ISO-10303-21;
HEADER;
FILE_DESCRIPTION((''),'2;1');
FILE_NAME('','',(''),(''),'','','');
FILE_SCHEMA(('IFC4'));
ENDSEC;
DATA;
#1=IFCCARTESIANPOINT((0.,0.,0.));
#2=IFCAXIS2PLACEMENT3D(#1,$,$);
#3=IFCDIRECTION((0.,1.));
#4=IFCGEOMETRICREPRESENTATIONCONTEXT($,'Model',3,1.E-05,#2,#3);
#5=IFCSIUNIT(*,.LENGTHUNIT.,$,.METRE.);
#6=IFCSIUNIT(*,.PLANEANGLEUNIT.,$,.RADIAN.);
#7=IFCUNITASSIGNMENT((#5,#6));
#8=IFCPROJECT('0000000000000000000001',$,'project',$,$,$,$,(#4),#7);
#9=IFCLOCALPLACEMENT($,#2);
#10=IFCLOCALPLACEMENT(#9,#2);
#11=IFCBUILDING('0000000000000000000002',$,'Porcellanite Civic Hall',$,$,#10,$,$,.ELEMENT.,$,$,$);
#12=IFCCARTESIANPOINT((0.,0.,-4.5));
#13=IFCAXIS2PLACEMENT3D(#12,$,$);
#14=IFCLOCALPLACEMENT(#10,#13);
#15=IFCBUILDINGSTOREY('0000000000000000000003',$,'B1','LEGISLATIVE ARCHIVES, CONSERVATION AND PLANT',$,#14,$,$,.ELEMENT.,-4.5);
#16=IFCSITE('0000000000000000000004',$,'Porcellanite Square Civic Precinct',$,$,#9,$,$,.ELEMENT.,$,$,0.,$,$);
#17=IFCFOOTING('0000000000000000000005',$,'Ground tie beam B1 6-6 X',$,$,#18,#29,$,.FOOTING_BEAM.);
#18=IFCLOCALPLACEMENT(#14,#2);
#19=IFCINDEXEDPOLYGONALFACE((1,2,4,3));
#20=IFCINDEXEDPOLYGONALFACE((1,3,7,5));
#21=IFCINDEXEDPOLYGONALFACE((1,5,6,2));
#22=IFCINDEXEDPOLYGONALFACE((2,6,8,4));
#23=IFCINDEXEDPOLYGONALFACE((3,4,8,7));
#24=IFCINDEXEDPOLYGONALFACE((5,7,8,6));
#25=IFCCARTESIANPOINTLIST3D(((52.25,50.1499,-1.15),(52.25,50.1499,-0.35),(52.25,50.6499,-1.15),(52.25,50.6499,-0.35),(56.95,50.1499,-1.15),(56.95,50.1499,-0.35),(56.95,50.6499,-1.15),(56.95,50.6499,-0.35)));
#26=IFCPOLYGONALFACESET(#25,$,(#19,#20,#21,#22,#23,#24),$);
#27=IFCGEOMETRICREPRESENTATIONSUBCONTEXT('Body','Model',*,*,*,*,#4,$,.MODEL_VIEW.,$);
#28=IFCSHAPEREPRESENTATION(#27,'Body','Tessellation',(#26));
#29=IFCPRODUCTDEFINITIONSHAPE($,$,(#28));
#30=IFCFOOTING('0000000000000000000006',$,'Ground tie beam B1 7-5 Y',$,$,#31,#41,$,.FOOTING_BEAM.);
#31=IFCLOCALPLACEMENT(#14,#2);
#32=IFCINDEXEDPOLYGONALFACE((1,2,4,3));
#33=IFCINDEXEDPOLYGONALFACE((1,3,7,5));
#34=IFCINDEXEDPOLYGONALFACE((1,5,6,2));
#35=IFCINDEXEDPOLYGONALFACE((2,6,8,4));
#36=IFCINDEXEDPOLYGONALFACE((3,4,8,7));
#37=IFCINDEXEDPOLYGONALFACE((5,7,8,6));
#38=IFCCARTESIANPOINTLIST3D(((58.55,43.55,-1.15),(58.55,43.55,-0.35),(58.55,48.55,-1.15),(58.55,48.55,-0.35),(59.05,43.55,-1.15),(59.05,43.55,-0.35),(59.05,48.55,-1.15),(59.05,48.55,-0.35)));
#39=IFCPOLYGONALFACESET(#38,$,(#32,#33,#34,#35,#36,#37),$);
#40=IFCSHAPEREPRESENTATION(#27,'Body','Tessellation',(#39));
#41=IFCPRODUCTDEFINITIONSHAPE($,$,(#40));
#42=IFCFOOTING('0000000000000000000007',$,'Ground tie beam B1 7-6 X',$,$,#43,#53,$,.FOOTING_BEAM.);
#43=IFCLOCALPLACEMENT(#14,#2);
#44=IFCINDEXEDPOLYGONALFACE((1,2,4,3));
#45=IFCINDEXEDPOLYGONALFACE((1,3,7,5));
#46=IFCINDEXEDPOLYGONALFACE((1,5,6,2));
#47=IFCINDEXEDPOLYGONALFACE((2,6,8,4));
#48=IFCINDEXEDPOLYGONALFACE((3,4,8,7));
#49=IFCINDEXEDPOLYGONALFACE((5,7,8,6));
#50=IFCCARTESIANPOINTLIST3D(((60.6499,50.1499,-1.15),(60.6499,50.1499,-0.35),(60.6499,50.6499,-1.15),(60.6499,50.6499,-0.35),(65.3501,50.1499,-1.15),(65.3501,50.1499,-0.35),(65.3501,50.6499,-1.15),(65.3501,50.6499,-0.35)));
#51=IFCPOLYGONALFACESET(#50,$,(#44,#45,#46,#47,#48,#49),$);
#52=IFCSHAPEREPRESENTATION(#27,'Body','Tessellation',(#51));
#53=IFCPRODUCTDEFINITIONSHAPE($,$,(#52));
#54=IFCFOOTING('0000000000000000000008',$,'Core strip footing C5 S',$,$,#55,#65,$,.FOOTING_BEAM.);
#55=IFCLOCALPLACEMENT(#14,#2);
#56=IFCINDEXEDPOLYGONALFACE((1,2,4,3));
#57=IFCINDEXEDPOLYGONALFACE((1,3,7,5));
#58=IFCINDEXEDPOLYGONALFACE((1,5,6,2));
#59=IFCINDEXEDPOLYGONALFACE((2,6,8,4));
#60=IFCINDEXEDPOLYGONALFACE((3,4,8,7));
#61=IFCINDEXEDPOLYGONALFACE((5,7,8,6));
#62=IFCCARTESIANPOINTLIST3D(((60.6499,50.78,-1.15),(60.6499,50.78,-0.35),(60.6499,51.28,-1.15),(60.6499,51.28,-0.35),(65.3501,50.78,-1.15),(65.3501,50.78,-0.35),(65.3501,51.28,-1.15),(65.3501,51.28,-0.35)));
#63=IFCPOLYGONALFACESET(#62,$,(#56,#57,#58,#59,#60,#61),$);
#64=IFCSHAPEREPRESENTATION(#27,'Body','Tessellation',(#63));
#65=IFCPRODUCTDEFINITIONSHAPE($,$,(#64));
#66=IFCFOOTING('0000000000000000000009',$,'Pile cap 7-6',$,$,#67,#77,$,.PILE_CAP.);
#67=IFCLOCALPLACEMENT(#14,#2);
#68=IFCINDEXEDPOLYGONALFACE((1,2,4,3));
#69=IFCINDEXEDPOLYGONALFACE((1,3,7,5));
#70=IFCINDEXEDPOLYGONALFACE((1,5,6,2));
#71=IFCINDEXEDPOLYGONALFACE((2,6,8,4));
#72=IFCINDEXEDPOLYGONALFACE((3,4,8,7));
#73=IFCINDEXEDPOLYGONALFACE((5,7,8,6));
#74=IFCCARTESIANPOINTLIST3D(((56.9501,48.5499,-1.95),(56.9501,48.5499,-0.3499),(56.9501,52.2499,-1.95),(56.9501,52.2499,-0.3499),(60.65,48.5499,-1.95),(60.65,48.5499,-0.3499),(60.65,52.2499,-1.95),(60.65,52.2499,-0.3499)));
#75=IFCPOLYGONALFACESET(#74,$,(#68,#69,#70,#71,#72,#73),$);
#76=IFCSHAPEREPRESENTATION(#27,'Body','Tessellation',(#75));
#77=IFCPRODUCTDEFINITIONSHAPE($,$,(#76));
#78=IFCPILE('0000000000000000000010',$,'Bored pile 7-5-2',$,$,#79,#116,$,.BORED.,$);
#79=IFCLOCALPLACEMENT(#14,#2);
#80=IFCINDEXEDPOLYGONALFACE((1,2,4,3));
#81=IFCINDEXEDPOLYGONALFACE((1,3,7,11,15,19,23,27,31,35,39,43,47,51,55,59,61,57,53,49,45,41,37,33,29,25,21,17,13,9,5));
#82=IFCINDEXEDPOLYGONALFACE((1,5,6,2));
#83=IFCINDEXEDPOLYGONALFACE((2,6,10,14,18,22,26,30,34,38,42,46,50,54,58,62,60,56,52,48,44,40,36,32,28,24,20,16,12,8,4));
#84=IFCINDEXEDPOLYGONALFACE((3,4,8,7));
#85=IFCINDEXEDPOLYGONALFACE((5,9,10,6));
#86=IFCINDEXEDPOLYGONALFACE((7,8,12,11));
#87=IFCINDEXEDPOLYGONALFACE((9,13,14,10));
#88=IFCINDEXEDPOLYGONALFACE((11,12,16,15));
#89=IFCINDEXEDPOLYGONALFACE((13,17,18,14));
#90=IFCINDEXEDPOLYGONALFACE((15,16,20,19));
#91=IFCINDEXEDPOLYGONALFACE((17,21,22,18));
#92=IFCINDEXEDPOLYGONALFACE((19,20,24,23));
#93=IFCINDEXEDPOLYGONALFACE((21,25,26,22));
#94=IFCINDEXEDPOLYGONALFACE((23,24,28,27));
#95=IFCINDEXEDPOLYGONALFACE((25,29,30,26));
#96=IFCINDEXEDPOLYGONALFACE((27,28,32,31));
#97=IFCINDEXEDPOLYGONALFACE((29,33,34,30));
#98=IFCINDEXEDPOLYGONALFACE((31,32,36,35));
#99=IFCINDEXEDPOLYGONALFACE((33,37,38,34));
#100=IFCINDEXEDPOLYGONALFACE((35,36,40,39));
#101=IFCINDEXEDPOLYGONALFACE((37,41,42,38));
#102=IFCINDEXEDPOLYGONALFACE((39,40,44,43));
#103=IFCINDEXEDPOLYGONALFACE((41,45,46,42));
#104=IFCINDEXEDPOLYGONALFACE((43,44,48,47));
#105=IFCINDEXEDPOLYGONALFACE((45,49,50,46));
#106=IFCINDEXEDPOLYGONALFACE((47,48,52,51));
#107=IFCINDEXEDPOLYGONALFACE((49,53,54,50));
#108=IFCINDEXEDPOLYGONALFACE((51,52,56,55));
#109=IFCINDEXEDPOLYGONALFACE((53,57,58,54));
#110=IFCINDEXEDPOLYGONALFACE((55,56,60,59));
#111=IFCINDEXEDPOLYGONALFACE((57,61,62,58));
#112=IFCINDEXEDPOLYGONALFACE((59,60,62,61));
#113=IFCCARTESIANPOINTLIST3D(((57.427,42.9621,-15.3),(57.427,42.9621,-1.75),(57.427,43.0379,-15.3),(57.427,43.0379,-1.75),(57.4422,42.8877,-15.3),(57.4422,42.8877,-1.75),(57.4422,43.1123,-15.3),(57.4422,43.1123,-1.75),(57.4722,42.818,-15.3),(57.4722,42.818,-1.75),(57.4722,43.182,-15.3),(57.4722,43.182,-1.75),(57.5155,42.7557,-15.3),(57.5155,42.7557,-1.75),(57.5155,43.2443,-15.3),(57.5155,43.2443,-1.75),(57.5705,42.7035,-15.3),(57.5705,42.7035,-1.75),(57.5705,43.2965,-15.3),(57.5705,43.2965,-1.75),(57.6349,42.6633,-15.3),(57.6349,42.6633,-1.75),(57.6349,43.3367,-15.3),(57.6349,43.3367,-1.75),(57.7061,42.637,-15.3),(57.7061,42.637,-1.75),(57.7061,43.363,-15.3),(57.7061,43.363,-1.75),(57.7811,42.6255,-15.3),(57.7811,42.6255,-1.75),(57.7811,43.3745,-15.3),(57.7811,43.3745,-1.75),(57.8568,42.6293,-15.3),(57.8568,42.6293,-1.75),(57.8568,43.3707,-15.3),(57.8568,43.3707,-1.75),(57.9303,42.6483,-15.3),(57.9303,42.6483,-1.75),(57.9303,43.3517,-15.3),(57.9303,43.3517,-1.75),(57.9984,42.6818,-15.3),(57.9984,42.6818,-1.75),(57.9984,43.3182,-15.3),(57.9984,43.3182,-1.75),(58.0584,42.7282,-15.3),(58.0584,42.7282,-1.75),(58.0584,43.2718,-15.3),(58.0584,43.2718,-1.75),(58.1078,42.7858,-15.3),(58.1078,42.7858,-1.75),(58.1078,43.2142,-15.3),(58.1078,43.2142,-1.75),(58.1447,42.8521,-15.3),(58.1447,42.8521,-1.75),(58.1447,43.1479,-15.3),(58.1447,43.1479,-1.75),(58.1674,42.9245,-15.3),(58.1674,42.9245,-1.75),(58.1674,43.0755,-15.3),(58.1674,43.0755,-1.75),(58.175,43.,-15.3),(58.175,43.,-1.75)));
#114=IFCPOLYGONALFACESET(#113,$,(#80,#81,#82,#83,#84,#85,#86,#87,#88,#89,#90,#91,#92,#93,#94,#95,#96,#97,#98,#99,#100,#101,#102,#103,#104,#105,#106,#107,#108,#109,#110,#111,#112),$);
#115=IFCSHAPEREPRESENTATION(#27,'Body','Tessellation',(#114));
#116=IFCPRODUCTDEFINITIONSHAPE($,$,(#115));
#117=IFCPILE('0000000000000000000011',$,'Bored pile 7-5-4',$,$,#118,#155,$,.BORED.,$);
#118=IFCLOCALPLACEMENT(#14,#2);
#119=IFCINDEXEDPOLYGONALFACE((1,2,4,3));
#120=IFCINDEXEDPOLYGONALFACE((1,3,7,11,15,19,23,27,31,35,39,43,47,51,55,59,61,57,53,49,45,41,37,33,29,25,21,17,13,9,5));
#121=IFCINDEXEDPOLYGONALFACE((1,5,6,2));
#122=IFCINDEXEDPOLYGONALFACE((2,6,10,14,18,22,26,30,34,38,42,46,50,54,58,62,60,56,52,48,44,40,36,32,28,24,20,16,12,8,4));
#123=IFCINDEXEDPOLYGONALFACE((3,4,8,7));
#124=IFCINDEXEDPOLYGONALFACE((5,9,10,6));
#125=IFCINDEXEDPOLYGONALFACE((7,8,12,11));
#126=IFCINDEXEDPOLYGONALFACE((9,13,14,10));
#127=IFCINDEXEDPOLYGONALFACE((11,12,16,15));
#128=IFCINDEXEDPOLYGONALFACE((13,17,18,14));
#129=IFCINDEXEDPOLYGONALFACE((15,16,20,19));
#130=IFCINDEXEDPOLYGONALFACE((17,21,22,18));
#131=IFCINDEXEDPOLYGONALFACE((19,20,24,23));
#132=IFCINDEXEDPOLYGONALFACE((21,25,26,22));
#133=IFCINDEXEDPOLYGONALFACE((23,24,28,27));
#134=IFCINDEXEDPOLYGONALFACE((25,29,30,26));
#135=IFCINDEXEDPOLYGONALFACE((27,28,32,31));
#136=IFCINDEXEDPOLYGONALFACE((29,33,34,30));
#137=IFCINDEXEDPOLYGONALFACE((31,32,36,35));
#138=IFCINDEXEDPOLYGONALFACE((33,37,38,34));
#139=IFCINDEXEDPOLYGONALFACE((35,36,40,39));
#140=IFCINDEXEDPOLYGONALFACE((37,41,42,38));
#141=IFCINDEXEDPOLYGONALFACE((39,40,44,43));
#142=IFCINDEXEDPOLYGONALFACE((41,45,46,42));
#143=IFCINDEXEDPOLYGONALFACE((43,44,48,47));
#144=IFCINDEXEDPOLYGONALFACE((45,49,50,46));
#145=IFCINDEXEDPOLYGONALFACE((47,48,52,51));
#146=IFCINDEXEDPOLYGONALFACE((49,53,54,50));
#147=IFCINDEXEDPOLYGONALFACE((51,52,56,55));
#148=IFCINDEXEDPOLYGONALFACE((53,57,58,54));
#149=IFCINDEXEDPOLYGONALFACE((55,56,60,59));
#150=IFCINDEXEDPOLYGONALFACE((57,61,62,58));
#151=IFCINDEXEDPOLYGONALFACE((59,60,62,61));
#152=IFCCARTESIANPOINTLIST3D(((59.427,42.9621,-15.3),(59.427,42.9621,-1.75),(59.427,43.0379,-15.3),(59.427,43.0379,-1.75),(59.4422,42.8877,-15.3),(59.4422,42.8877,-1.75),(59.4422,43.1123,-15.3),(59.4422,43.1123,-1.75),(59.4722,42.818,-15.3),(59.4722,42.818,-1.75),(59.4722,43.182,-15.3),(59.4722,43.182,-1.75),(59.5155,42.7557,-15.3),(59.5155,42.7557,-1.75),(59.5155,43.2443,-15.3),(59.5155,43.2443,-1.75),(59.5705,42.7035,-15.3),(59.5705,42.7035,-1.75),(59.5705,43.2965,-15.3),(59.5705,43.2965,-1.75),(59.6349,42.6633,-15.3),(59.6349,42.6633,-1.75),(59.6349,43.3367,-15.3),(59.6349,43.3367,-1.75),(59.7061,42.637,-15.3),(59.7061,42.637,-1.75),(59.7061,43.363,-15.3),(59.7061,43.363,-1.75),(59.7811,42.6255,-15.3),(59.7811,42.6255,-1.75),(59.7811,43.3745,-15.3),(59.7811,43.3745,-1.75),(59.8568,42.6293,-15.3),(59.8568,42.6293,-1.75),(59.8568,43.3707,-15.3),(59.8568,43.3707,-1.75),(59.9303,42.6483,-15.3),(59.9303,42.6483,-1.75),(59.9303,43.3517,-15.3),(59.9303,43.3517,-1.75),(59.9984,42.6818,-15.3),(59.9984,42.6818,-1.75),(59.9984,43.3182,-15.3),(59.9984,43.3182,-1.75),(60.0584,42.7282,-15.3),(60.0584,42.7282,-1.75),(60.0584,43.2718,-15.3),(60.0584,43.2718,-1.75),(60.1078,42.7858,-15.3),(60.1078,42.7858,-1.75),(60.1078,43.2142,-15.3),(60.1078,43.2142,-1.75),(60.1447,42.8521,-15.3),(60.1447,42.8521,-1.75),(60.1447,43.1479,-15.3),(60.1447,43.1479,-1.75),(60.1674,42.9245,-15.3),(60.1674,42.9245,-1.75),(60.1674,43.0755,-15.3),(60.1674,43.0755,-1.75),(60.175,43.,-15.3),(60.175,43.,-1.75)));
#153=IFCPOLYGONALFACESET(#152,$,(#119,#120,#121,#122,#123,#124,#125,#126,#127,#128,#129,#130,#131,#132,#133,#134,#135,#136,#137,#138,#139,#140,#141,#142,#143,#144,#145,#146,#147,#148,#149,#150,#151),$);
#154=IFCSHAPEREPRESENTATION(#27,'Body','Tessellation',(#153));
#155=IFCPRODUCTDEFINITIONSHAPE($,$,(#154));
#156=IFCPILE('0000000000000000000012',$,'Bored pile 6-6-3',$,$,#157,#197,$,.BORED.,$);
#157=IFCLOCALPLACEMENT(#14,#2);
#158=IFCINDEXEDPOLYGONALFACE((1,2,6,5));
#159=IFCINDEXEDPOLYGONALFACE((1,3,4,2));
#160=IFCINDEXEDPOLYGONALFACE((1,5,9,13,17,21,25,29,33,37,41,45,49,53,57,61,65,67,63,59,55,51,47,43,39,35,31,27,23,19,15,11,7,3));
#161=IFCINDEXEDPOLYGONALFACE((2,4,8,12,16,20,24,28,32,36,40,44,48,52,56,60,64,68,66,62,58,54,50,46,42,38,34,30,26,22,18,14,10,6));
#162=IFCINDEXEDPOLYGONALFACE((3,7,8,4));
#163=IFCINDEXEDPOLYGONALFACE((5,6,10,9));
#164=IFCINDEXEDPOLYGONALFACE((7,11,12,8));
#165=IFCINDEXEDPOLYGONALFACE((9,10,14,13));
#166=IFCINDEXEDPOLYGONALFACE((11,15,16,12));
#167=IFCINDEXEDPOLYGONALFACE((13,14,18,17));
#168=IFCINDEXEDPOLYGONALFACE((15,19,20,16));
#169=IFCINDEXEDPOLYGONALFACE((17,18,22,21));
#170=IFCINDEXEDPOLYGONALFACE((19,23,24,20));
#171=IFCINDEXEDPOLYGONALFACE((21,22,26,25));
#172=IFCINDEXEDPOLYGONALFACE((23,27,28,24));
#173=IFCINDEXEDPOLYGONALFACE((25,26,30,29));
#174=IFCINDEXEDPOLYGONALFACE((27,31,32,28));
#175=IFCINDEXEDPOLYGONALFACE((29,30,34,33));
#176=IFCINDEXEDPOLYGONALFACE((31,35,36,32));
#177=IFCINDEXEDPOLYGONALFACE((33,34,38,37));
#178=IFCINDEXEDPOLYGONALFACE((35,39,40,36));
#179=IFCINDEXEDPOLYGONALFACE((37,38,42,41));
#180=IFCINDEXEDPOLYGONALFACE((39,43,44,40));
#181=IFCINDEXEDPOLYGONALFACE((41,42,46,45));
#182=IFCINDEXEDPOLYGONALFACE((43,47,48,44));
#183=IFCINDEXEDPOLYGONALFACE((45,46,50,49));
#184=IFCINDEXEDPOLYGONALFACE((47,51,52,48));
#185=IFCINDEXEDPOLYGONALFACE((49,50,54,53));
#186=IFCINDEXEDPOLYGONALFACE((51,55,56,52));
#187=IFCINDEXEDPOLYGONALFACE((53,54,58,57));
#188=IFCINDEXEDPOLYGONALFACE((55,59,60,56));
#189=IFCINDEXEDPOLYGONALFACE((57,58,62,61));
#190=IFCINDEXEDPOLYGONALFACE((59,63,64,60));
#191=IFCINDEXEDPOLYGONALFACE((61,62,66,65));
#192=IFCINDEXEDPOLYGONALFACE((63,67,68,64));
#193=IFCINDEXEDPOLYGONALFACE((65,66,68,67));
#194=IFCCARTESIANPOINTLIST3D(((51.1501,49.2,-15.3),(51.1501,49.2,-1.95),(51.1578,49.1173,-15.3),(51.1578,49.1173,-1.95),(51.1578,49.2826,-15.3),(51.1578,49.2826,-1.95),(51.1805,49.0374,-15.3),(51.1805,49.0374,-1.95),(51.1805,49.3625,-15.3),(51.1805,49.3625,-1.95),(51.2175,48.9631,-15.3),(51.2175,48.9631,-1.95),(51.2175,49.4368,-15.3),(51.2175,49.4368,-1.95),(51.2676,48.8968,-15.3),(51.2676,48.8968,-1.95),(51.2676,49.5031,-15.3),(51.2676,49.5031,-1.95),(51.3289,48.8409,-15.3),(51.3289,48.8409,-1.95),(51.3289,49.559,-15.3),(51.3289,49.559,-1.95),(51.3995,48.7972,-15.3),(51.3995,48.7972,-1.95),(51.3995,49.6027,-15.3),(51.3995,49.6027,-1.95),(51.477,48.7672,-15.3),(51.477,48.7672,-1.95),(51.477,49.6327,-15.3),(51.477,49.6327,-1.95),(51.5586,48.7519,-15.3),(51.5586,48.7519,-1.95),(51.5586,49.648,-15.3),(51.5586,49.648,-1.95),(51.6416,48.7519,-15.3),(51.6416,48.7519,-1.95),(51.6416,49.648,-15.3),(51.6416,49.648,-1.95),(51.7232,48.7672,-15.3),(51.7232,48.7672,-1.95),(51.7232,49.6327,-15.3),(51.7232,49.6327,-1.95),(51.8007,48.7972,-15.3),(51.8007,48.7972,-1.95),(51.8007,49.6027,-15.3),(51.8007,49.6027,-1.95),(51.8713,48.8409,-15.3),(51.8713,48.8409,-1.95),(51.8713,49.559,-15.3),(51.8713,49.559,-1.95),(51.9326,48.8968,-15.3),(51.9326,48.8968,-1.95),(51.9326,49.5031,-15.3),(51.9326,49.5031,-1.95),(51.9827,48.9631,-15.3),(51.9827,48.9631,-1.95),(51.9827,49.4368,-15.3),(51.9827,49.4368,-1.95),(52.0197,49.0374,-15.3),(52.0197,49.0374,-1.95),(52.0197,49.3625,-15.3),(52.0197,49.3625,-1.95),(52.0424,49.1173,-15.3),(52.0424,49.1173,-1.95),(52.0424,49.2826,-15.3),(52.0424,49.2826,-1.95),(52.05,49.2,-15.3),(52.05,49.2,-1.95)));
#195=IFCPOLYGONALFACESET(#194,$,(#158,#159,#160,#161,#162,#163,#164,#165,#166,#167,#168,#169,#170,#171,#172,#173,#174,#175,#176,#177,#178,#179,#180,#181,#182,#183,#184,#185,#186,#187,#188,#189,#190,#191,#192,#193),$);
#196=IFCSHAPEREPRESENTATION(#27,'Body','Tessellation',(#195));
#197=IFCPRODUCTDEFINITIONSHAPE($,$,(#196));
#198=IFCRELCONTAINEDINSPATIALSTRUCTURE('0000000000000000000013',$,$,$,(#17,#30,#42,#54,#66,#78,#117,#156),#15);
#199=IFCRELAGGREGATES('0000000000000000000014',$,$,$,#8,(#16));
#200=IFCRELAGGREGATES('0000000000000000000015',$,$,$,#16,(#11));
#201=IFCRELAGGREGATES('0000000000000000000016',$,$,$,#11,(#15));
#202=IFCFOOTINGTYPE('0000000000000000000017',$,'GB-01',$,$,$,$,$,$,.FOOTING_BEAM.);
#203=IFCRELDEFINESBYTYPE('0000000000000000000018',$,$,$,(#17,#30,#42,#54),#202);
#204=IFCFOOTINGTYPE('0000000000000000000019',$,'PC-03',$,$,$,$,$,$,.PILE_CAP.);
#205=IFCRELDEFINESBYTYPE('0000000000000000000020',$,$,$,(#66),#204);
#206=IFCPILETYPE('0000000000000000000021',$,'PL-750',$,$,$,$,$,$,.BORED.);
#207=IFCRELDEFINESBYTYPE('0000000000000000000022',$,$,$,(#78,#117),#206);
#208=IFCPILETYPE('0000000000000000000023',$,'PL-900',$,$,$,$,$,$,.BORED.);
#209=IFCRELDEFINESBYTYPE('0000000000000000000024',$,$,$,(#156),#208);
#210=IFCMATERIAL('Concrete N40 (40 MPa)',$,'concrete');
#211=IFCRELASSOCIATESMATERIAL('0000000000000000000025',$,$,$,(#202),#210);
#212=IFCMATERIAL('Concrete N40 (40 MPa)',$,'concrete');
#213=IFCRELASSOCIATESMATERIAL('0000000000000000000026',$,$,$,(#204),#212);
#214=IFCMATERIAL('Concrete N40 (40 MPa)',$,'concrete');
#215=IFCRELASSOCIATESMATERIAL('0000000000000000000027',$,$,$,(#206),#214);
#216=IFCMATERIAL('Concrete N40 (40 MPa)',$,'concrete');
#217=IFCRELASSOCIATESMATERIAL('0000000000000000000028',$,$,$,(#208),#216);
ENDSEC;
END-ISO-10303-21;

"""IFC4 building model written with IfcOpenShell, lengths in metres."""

from ifc_helpers import new_model, si_unit, direction, frame, origin, origin_2d, place, context, subcontext, project, spatial, rectangle, circle, extrude, material, material_profile, profile_set, type_object, element, save


model = new_model("IFC4")

# Units and contexts
model_context = context("Model", 3, precision=1e-05, world=origin(), true_north=direction((0.0, 1.0)))
body_context = subcontext(model_context, "Body", "Model", "MODEL_VIEW")
ifc_project = project(units=[si_unit("LENGTHUNIT", "METRE"), si_unit("PLANEANGLEUNIT", "RADIAN")], contexts=[model_context])

# Site, building, storey
site_placement = place(None, origin())
site = spatial("IfcSite", under=ifc_project, at=site_placement, Name="Porcellanite Square Civic Precinct", CompositionType="ELEMENT", RefElevation=0.0)
building_placement = place(site_placement, origin())
building = spatial("IfcBuilding", under=site, at=building_placement, Name="Porcellanite Civic Hall", CompositionType="ELEMENT")
storey_placement = place(building_placement, frame((0.0, 0.0, -4.5)))
storey = spatial("IfcBuildingStorey", under=building, at=storey_placement, Name="B1", Description="LEGISLATIVE ARCHIVES, CONSERVATION AND PLANT", CompositionType="ELEMENT", Elevation=-4.5)

# Footings
ifc_material_1 = material(Name="Concrete N40 (40 MPa)", Category="concrete")
ifc_material_profile_1 = material_profile(ifc_material_1, rectangle(XDim=0.5, YDim=0.8, at=origin_2d()), Name="RC-500x800")
ifc_profile_set_1 = profile_set([ifc_material_profile_1], Name="Concrete N40 (40 MPa)")
footing_type_1 = type_object("IfcFootingType", Name="GB-01", PredefinedType="FOOTING_BEAM", material=ifc_profile_set_1)
footing_1_placement = place(storey_placement, frame((52.25, 50.3999, -0.75), z_axis=(1.0, 0.0, 0.0), x_axis=(0.0, 1.0, 0.0)))
element("IfcFooting", 1, at=footing_1_placement, inside=storey, type_object=footing_type_1, Name="Ground tie beam B1 6-6 X", PredefinedType="FOOTING_BEAM", context=body_context, shape_type="SweptSolid", body=[
    extrude(rectangle(XDim=0.5, YDim=0.8, at=origin_2d()), origin(), (0.0, 0.0, 1.0), 4.7),
])
footing_2_placement = place(storey_placement, frame((58.8, 43.55, -0.75), z_axis=(0.0, 1.0, 0.0), x_axis=(-1.0, 0.0, 0.0)))
element("IfcFooting", 2, at=footing_2_placement, inside=storey, type_object=footing_type_1, Name="Ground tie beam B1 7-5 Y", PredefinedType="FOOTING_BEAM", context=body_context, shape_type="SweptSolid", body=[
    extrude(rectangle(XDim=0.5, YDim=0.8, at=origin_2d()), origin(), (0.0, 0.0, 1.0), 5.0),
])
for number, where, z_axis, x_axis, name in (
    (3, (60.6499, 50.3999, -0.75), (1.0, 0.0, 0.0), (0.0, 1.0, 0.0), "Ground tie beam B1 7-6 X"),
    (4, (60.6499, 51.03, -0.75), (1.0, 0.0, 0.0), (0.0, 1.0, 0.0), "Core strip footing C5 S"),
):
    element("IfcFooting", number, at=place(storey_placement, frame(where, z_axis=z_axis, x_axis=x_axis)), inside=storey, type_object=footing_type_1, Name=name, PredefinedType="FOOTING_BEAM", context=body_context, shape_type="SweptSolid", body=[
        extrude(rectangle(XDim=0.5, YDim=0.8, at=origin_2d()), origin(), (0.0, 0.0, 1.0), 4.7002),
    ])
ifc_material_2 = material(Name="Concrete N40 (40 MPa)", Category="concrete")
footing_type_2 = type_object("IfcFootingType", Name="PC-03", PredefinedType="PILE_CAP", material=ifc_material_2)
footing_3_placement = place(storey_placement, frame((58.8, 50.3999, -1.95), z_axis=(0.0, 0.0, 1.0), x_axis=(1.0, 0.0, 0.0)))
element("IfcFooting", 5, at=footing_3_placement, inside=storey, type_object=footing_type_2, Name="Pile cap 7-6", PredefinedType="PILE_CAP", context=body_context, shape_type="SweptSolid", body=[
    extrude(rectangle(XDim=3.7, YDim=3.7, at=origin_2d()), origin(), (0.0, 0.0, 1.0), 1.6001),
])

# Piles
ifc_material_3 = material(Name="Concrete N40 (40 MPa)", Category="concrete")
ifc_material_profile_2 = material_profile(ifc_material_3, circle(Radius=0.375, at=origin_2d()), Name="PILE-D750")
ifc_profile_set_2 = profile_set([ifc_material_profile_2], Name="Concrete N40 (40 MPa)")
pile_type_1 = type_object("IfcPileType", Name="PL-750", PredefinedType="BORED", material=ifc_profile_set_2)
for number, where, z_axis, x_axis, name in (
    (6, (57.8, 43.0, -1.75), (0.0, 0.0, -1.0), (1.0, 0.0, 0.0), "Bored pile 7-5-2"),
    (7, (59.8, 43.0, -1.75), (0.0, 0.0, -1.0), (1.0, 0.0, 0.0), "Bored pile 7-5-4"),
):
    element("IfcPile", number, at=place(storey_placement, frame(where, z_axis=z_axis, x_axis=x_axis)), inside=storey, type_object=pile_type_1, Name=name, PredefinedType="BORED", context=body_context, shape_type="SweptSolid", body=[
        extrude(circle(Radius=0.375, at=origin_2d()), origin(), (0.0, 0.0, 1.0), 13.55),
    ])
ifc_material_4 = material(Name="Concrete N40 (40 MPa)", Category="concrete")
ifc_material_profile_3 = material_profile(ifc_material_4, circle(Radius=0.45, at=origin_2d()), Name="PILE-D900")
ifc_profile_set_3 = profile_set([ifc_material_profile_3], Name="Concrete N40 (40 MPa)")
pile_type_2 = type_object("IfcPileType", Name="PL-900", PredefinedType="BORED", material=ifc_profile_set_3)
for number, where, z_axis, x_axis, name in (
    (8, (51.6001, 49.2, -1.95), (0.0, 0.0, -1.0), (1.0, 0.0, 0.0), "Bored pile 6-6-3"),
):
    element("IfcPile", number, at=place(storey_placement, frame(where, z_axis=z_axis, x_axis=x_axis)), inside=storey, type_object=pile_type_2, Name=name, PredefinedType="BORED", context=body_context, shape_type="SweptSolid", body=[
        extrude(circle(Radius=0.45, at=origin_2d()), origin(), (0.0, 0.0, 1.0), 13.3501),
    ])

save(model, "model.ifc")
